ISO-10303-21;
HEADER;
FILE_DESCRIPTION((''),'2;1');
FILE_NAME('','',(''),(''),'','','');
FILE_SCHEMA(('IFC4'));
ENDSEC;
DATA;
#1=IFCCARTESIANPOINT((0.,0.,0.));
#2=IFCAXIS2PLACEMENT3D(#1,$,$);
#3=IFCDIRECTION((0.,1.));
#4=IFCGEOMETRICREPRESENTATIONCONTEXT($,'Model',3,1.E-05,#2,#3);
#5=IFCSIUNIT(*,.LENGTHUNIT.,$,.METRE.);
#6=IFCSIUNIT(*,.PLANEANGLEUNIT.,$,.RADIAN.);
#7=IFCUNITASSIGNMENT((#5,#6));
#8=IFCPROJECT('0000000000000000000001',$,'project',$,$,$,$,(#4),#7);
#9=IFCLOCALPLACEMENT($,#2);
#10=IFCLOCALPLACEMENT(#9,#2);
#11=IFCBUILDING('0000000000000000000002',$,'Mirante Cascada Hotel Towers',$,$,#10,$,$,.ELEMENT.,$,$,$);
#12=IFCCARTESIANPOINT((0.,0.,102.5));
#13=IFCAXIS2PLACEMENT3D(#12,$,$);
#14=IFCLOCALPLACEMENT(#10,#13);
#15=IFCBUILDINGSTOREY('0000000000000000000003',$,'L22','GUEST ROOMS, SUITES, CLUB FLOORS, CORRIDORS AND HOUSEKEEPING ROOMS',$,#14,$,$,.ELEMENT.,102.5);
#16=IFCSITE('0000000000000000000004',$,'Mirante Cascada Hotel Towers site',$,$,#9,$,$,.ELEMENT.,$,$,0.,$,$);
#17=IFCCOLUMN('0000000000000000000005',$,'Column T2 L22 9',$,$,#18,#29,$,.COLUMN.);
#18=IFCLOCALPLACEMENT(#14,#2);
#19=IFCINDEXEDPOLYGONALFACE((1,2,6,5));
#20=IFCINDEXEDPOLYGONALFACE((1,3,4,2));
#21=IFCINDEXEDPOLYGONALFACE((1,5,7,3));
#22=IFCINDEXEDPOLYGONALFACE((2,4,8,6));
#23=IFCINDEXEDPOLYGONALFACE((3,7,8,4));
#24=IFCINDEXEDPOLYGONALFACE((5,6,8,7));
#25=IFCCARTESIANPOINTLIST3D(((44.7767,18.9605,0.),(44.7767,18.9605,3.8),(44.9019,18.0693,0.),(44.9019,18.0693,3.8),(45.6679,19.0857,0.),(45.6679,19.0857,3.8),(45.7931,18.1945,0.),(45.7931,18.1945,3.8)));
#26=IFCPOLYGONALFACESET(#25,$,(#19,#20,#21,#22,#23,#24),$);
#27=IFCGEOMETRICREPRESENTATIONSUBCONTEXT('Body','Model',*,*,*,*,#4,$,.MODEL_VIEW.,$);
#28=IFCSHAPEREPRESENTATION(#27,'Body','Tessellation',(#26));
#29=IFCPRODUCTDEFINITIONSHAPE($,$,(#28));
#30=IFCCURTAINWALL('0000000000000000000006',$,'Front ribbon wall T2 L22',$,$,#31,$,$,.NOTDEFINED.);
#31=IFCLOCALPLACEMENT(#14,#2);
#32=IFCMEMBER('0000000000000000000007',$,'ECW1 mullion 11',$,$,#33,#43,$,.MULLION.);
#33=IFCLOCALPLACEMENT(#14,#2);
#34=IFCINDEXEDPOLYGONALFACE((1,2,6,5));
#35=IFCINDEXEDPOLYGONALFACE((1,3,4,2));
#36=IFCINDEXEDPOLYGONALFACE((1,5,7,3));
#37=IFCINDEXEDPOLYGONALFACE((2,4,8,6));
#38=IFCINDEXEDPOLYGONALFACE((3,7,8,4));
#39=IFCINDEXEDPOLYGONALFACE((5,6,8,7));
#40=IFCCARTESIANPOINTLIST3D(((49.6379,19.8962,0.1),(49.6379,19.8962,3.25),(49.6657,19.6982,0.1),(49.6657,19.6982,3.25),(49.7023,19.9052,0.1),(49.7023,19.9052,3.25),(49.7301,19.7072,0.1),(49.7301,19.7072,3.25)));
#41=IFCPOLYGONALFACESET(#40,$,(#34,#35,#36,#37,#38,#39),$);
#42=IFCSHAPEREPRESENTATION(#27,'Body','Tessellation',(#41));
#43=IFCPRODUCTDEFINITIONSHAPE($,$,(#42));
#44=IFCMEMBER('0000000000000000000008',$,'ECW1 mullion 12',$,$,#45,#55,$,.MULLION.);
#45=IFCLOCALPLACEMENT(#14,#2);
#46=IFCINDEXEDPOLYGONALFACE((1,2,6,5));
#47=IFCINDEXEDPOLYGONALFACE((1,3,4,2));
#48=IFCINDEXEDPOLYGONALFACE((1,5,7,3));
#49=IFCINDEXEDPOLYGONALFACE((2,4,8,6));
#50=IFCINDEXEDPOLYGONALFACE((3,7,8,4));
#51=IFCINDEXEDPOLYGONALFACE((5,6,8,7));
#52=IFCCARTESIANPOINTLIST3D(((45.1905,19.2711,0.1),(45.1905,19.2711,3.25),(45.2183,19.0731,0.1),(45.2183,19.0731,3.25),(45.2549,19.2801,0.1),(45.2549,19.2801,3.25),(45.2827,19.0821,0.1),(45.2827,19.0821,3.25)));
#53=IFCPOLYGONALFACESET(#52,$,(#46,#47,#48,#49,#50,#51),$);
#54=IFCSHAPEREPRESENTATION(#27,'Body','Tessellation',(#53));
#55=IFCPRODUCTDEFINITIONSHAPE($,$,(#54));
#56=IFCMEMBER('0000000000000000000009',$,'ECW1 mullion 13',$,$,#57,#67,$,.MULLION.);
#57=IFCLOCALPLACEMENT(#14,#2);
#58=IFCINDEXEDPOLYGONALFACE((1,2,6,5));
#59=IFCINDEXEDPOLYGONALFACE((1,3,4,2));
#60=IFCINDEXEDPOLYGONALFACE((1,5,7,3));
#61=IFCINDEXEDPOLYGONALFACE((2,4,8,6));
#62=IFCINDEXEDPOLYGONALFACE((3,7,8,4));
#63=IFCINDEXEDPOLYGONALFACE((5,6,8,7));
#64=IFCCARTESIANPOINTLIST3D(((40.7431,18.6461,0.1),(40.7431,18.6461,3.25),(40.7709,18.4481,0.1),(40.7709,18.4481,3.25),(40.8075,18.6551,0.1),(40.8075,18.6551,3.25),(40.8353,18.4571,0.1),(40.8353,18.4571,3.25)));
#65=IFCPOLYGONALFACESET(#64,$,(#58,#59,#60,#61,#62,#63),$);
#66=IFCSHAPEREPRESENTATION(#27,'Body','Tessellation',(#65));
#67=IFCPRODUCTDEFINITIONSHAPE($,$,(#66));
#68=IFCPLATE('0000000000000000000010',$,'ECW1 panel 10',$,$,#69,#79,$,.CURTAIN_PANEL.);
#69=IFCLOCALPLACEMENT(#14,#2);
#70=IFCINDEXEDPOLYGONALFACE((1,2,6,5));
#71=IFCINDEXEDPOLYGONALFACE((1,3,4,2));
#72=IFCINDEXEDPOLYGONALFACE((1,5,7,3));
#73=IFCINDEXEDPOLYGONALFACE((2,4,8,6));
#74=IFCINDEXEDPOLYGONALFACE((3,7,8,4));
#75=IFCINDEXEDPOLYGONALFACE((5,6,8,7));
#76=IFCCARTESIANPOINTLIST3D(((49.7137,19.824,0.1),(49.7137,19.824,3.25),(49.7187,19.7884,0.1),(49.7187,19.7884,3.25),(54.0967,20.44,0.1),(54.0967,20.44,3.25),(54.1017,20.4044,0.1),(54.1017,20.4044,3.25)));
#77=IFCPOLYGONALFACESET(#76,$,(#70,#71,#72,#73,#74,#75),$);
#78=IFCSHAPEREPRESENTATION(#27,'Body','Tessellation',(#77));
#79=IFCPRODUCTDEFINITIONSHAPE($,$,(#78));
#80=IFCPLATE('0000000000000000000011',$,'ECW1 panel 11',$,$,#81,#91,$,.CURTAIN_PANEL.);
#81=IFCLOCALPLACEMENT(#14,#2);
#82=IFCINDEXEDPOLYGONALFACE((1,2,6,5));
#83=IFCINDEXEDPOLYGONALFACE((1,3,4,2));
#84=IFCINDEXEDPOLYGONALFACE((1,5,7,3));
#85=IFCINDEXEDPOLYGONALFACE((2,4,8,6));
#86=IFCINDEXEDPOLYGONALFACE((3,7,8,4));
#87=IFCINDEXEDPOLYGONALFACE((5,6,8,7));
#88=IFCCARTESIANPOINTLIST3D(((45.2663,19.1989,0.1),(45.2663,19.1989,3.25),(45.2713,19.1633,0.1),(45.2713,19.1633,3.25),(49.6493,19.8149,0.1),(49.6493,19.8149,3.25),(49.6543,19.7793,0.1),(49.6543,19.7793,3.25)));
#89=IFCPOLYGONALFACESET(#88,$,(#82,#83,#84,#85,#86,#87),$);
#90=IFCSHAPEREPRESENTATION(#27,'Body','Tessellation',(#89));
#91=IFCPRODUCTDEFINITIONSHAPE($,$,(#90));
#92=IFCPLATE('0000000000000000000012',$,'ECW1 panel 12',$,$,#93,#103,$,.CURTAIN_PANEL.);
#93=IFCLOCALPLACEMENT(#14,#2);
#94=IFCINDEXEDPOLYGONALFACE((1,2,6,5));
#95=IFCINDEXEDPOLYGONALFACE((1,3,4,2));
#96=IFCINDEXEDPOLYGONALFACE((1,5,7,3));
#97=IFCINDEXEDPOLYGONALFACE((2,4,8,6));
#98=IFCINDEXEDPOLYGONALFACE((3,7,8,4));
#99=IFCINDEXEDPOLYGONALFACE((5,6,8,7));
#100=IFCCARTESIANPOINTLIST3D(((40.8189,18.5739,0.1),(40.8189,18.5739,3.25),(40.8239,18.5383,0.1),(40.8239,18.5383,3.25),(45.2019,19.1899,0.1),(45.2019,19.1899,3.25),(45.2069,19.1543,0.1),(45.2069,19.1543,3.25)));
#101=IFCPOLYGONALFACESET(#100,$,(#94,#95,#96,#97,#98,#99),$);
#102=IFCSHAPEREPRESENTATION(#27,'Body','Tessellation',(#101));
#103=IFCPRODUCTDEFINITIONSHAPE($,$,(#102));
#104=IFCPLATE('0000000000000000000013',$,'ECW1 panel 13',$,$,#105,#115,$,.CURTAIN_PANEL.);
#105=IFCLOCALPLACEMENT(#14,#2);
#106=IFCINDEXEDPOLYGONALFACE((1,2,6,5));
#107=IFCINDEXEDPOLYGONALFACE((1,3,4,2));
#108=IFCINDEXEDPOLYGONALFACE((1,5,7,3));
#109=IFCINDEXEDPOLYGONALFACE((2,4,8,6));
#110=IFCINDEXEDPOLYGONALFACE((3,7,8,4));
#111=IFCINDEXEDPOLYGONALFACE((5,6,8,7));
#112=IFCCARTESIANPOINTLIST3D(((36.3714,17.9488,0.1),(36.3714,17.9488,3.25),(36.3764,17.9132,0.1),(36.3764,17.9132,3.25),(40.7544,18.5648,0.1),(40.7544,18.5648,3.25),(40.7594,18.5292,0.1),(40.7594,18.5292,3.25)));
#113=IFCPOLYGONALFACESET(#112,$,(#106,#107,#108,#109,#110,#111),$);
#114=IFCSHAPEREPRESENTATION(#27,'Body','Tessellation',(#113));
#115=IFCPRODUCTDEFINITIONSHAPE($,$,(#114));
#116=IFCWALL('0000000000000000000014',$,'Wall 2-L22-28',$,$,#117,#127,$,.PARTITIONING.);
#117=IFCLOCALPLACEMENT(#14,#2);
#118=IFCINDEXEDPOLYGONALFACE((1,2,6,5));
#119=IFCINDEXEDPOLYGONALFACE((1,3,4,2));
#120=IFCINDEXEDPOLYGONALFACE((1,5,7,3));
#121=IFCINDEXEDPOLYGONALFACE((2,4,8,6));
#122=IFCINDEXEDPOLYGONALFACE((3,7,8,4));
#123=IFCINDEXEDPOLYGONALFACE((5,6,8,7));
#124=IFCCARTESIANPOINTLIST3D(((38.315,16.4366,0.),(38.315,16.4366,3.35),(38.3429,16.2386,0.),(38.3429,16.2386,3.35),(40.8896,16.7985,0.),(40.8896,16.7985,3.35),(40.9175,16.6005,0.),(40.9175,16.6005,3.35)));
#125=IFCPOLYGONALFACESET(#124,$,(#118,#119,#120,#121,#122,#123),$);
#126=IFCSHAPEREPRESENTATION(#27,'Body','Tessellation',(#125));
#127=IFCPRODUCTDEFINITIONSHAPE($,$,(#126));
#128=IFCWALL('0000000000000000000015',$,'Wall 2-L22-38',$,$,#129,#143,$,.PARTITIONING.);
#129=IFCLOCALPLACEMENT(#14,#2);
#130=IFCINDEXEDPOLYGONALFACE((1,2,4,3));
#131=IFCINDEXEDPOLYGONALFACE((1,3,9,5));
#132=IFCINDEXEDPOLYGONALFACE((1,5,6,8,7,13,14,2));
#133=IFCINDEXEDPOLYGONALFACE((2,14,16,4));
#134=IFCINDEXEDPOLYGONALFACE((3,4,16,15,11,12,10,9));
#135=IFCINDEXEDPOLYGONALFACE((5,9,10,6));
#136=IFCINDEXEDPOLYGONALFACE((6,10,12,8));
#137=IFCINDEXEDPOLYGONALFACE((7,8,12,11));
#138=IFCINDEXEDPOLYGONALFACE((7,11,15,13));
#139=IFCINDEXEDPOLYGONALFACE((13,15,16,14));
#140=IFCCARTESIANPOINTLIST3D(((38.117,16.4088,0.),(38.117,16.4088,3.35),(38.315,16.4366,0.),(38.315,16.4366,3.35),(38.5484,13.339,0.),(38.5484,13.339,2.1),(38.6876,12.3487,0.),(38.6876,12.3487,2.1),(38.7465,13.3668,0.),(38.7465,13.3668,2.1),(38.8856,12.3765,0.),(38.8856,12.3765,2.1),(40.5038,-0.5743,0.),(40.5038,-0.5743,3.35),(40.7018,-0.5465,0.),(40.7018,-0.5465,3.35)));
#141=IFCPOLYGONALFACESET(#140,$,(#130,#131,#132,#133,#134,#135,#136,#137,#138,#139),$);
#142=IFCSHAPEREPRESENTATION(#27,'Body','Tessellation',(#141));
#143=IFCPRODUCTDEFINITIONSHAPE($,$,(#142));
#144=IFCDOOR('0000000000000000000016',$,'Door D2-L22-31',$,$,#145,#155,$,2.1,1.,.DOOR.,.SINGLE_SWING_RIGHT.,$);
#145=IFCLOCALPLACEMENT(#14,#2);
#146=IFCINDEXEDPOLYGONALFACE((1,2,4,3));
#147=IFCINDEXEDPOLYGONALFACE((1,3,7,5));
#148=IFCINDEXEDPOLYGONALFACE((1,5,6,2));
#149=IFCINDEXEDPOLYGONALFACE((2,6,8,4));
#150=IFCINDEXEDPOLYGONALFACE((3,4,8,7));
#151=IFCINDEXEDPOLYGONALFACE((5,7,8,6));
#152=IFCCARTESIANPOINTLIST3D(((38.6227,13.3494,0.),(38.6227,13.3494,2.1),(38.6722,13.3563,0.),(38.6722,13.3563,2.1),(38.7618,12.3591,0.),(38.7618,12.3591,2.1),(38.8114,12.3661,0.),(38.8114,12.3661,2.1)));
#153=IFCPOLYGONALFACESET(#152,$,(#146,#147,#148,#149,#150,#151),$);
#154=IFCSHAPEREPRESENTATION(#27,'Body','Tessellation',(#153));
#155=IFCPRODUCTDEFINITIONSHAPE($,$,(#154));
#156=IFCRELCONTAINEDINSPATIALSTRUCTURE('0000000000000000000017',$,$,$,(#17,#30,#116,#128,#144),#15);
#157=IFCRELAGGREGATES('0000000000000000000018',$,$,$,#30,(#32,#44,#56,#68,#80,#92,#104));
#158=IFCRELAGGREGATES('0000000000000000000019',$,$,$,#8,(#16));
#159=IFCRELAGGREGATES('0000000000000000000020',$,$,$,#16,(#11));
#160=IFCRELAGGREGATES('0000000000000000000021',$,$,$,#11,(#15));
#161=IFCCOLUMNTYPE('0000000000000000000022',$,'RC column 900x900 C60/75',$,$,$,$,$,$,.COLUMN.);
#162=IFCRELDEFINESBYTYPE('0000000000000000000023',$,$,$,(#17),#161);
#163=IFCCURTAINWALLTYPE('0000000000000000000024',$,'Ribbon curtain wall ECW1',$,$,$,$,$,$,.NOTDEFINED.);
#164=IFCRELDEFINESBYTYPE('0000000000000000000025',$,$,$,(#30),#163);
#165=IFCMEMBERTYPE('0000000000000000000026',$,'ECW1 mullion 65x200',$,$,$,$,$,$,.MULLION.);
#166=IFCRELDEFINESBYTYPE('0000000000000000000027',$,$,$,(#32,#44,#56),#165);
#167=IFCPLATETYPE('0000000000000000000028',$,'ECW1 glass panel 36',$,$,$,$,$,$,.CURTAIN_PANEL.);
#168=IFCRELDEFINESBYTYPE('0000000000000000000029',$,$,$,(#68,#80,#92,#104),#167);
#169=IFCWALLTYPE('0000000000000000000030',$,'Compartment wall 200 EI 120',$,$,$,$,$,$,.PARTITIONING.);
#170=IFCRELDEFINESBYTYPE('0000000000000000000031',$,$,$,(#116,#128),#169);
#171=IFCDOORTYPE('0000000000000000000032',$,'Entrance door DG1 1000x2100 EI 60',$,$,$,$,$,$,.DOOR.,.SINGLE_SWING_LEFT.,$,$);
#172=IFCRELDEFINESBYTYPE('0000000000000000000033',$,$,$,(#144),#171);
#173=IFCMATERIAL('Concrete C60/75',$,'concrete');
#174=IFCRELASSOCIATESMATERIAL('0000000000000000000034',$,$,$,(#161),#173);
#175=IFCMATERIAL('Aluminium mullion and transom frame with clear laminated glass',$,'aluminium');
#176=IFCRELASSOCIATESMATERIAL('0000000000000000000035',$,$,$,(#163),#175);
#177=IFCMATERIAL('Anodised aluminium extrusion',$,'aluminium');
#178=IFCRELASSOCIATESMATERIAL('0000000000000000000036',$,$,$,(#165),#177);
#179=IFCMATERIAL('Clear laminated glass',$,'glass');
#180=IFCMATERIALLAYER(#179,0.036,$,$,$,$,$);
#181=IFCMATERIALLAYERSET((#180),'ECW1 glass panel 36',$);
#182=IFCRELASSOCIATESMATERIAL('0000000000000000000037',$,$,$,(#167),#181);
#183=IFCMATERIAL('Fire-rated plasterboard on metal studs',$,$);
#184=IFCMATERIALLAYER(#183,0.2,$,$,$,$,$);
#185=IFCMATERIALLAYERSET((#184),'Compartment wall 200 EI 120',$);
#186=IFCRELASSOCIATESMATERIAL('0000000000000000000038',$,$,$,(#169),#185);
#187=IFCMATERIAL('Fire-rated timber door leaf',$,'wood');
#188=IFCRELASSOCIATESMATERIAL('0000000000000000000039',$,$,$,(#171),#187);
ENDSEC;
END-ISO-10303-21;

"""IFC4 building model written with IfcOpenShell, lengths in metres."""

from ifc_helpers import new_model, si_unit, direction, frame, frame_2d, origin, origin_2d, place, context, subcontext, project, spatial, rectangle, extrude, material, layer, layer_set, material_profile, profile_set, type_object, element, fill, aggregate, save


model = new_model("IFC4")

# Units and contexts
model_context = context("Model", 3, precision=1e-05, world=origin(), true_north=direction((0.0, 1.0)))
body_context = subcontext(model_context, "Body", "Model", "MODEL_VIEW")
ifc_project = project(units=[si_unit("LENGTHUNIT", "METRE"), si_unit("PLANEANGLEUNIT", "RADIAN")], contexts=[model_context])

# Site, building, storey
site_placement = place(None, origin())
site = spatial("IfcSite", under=ifc_project, at=site_placement, Name="Mirante Cascada Hotel Towers site", CompositionType="ELEMENT", RefElevation=0.0)
building_placement = place(site_placement, origin())
building = spatial("IfcBuilding", under=site, at=building_placement, Name="Mirante Cascada Hotel Towers", CompositionType="ELEMENT")
storey_placement = place(building_placement, frame((0.0, 0.0, 102.5)))
storey = spatial("IfcBuildingStorey", under=building, at=storey_placement, Name="L22", Description="GUEST ROOMS, SUITES, CLUB FLOORS, CORRIDORS AND HOUSEKEEPING ROOMS", CompositionType="ELEMENT", Elevation=102.5)

# Column
ifc_material_1 = material(Name="Concrete C60/75", Category="concrete")
ifc_material_profile_1 = material_profile(ifc_material_1, rectangle(XDim=0.9, YDim=0.9, at=origin_2d()), Name="RC column 900x900 C60/75")
ifc_profile_set_1 = profile_set([ifc_material_profile_1], Name="Concrete C60/75")
column_type = type_object("IfcColumnType", Name="RC column 900x900 C60/75", PredefinedType="COLUMN", material=ifc_profile_set_1)
column_placement = place(storey_placement, frame((45.2849, 18.5775, 0.0), z_axis=(0.0, 0.0, 1.0), x_axis=(0.990268, 0.139173, 0.0)))
element("IfcColumn", 1, at=column_placement, inside=storey, type_object=column_type, Name="Column T2 L22 9", PredefinedType="COLUMN", context=body_context, shape_type="SweptSolid", body=[
    extrude(rectangle(XDim=0.9, YDim=0.9, at=origin_2d()), origin(), (0.0, 0.0, 1.0), 3.8),
])

# Curtain wall, members, plates
ifc_material_2 = material(Name="Aluminium mullion and transom frame with clear laminated glass", Category="aluminium")
curtain_wall_type = type_object("IfcCurtainWallType", Name="Ribbon curtain wall ECW1", PredefinedType="NOTDEFINED", material=ifc_material_2)
curtain_wall_placement = place(storey_placement, origin())
curtain_wall = element("IfcCurtainWall", 2, at=curtain_wall_placement, inside=storey, type_object=curtain_wall_type, Name="Front ribbon wall T2 L22", PredefinedType="NOTDEFINED")
ifc_material_3 = material(Name="Anodised aluminium extrusion", Category="aluminium")
ifc_material_profile_2 = material_profile(ifc_material_3, rectangle(XDim=0.2, YDim=0.065, at=origin_2d()), Name="ECW1 MULLION 65x200")
ifc_profile_set_2 = profile_set([ifc_material_profile_2], Name="Anodised aluminium extrusion")
member_type = type_object("IfcMemberType", Name="ECW1 mullion 65x200", PredefinedType="MULLION", material=ifc_profile_set_2)
member_1_placement = place(storey_placement, frame((49.684, 19.8017, 0.1), z_axis=(0.0, 0.0, 1.0), x_axis=(0.139173, -0.990268, 0.0)))
member_1 = element("IfcMember", 3, at=member_1_placement, type_object=member_type, Name="ECW1 mullion 11", PredefinedType="MULLION", context=body_context, shape_type="SweptSolid", body=[
    extrude(rectangle(XDim=0.2, YDim=0.065, at=origin_2d()), origin(), (0.0, 0.0, 1.0), 3.15),
])
member_2_placement = place(storey_placement, frame((45.2366, 19.1766, 0.1), z_axis=(0.0, 0.0, 1.0), x_axis=(0.139173, -0.990268, 0.0)))
member_2 = element("IfcMember", 4, at=member_2_placement, type_object=member_type, Name="ECW1 mullion 12", PredefinedType="MULLION", context=body_context, shape_type="SweptSolid", body=[
    extrude(rectangle(XDim=0.2, YDim=0.065, at=origin_2d()), origin(), (0.0, 0.0, 1.0), 3.15),
])
member_3_placement = place(storey_placement, frame((40.7892, 18.5516, 0.1), z_axis=(0.0, 0.0, 1.0), x_axis=(0.139173, -0.990268, 0.0)))
member_3 = element("IfcMember", 5, at=member_3_placement, type_object=member_type, Name="ECW1 mullion 13", PredefinedType="MULLION", context=body_context, shape_type="SweptSolid", body=[
    extrude(rectangle(XDim=0.2, YDim=0.065, at=origin_2d()), origin(), (0.0, 0.0, 1.0), 3.15),
])
ifc_material_4 = material(Name="Clear laminated glass", Category="glass")
ifc_layer_1 = layer(ifc_material_4, 0.036)
ifc_layer_set_1 = layer_set([ifc_layer_1], Name="ECW1 glass panel 36")
plate_type = type_object("IfcPlateType", Name="ECW1 glass panel 36", PredefinedType="CURTAIN_PANEL", material=ifc_layer_set_1)
plate_1_placement = place(storey_placement, frame((51.9077, 20.1142, 0.1), z_axis=(0.0, 0.0, 1.0), x_axis=(-0.990268, -0.139173, 0.0)))
plate_1 = element("IfcPlate", 6, at=plate_1_placement, type_object=plate_type, Name="ECW1 panel 10", PredefinedType="CURTAIN_PANEL", context=body_context, shape_type="SweptSolid", body=[
    extrude(rectangle(XDim=4.4261, YDim=0.036, at=origin_2d()), origin(), (0.0, 0.0, 1.0), 3.15),
])
plate_2_placement = place(storey_placement, frame((47.4603, 19.4891, 0.1), z_axis=(0.0, 0.0, 1.0), x_axis=(-0.990268, -0.139173, 0.0)))
plate_2 = element("IfcPlate", 7, at=plate_2_placement, type_object=plate_type, Name="ECW1 panel 11", PredefinedType="CURTAIN_PANEL", context=body_context, shape_type="SweptSolid", body=[
    extrude(rectangle(XDim=4.4261, YDim=0.036, at=origin_2d()), origin(), (0.0, 0.0, 1.0), 3.15),
])
plate_3_placement = place(storey_placement, frame((43.0129, 18.8641, 0.1), z_axis=(0.0, 0.0, 1.0), x_axis=(-0.990268, -0.139173, 0.0)))
plate_3 = element("IfcPlate", 8, at=plate_3_placement, type_object=plate_type, Name="ECW1 panel 12", PredefinedType="CURTAIN_PANEL", context=body_context, shape_type="SweptSolid", body=[
    extrude(rectangle(XDim=4.4261, YDim=0.036, at=origin_2d()), origin(), (0.0, 0.0, 1.0), 3.15),
])
plate_4_placement = place(storey_placement, frame((38.5654, 18.239, 0.1), z_axis=(0.0, 0.0, 1.0), x_axis=(-0.990268, -0.139173, 0.0)))
plate_4 = element("IfcPlate", 9, at=plate_4_placement, type_object=plate_type, Name="ECW1 panel 13", PredefinedType="CURTAIN_PANEL", context=body_context, shape_type="SweptSolid", body=[
    extrude(rectangle(XDim=4.4261, YDim=0.036, at=origin_2d()), origin(), (0.0, 0.0, 1.0), 3.15),
])
aggregate(curtain_wall, [member_1, member_2, member_3, plate_1, plate_2, plate_3, plate_4])

# Wall
ifc_material_5 = material(Name="Fire-rated plasterboard on metal studs")
ifc_layer_2 = layer(ifc_material_5, 0.2)
ifc_layer_set_2 = layer_set([ifc_layer_2], Name="Compartment wall 200 EI 120")
wall_type_1 = type_object("IfcWallType", Name="Compartment wall 200 EI 120", PredefinedType="PARTITIONING", material=ifc_layer_set_2)
wall_1_placement = place(storey_placement, frame((40.9036, 16.6995, 0.0), z_axis=(0.0, 0.0, 1.0), x_axis=(-0.990265, -0.139197, 0.0)))
element("IfcWall", 10, at=wall_1_placement, inside=storey, type_object=wall_type_1, Name="Wall 2-L22-28", PredefinedType="PARTITIONING", context=body_context, shape_type="SweptSolid", body=[
    extrude(rectangle(XDim=2.5999, YDim=0.2, at=frame_2d((1.3, 0.0))), origin(), (0.0, 0.0, 1.0), 3.35),
])

# Wall, opening, door
wall_2_placement = place(storey_placement, frame((38.216, 16.4227, 0.0), z_axis=(0.0, 0.0, 1.0), x_axis=(0.139172, -0.990268, 0.0)))
wall_2 = element("IfcWall", 11, at=wall_2_placement, inside=storey, type_object=wall_type_1, Name="Wall 2-L22-38", PredefinedType="PARTITIONING", context=body_context, shape_type="SweptSolid", body=[
    extrude(rectangle(XDim=17.15, YDim=0.2, at=frame_2d((8.575, 0.0))), origin(), (0.0, 0.0, 1.0), 3.35),
])
opening_1_placement = place(wall_2_placement, frame((3.1, 0.0, 0.0)))
opening_1 = element("IfcOpeningElement", 12, at=opening_1_placement, cuts=wall_2, PredefinedType="OPENING", context=body_context, shape_type="SweptSolid", body=[
    extrude(rectangle(XDim=1.0, YDim=2.1, at=frame_2d((0.5, 1.05))), frame((0.0, 0.1, 0.0), z_axis=(0.0, -1.0, 0.0), x_axis=(1.0, 0.0, 0.0)), (0.0, 0.0, 1.0), 0.2),
])
ifc_material_6 = material(Name="Fire-rated timber door leaf", Category="wood")
door_type_1 = type_object("IfcDoorType", Name="Entrance door DG1 1000x2100 EI 60", OperationType="SINGLE_SWING_LEFT", PredefinedType="DOOR", material=ifc_material_6)
door_1_placement = place(opening_1_placement, frame((1.0, 0.0, 0.0), z_axis=(0.0, 0.0, 1.0), x_axis=(-1.0, 0.0, 0.0)))
door_1 = element("IfcDoor", 13, at=door_1_placement, inside=storey, type_object=door_type_1, Name="Door D2-L22-31", OperationType="SINGLE_SWING_RIGHT", OverallHeight=2.1, OverallWidth=1.0, PredefinedType="DOOR", context=body_context, shape_type="SweptSolid", body=[
    extrude(rectangle(XDim=1.0, YDim=2.1, at=frame_2d((0.5, 1.05))), frame((0.0, 0.025, 0.0), z_axis=(0.0, -1.0, 0.0), x_axis=(1.0, 0.0, 0.0)), (0.0, 0.0, 1.0), 0.05),
])
fill(opening_1, door_1)

save(model, "model.ifc")
